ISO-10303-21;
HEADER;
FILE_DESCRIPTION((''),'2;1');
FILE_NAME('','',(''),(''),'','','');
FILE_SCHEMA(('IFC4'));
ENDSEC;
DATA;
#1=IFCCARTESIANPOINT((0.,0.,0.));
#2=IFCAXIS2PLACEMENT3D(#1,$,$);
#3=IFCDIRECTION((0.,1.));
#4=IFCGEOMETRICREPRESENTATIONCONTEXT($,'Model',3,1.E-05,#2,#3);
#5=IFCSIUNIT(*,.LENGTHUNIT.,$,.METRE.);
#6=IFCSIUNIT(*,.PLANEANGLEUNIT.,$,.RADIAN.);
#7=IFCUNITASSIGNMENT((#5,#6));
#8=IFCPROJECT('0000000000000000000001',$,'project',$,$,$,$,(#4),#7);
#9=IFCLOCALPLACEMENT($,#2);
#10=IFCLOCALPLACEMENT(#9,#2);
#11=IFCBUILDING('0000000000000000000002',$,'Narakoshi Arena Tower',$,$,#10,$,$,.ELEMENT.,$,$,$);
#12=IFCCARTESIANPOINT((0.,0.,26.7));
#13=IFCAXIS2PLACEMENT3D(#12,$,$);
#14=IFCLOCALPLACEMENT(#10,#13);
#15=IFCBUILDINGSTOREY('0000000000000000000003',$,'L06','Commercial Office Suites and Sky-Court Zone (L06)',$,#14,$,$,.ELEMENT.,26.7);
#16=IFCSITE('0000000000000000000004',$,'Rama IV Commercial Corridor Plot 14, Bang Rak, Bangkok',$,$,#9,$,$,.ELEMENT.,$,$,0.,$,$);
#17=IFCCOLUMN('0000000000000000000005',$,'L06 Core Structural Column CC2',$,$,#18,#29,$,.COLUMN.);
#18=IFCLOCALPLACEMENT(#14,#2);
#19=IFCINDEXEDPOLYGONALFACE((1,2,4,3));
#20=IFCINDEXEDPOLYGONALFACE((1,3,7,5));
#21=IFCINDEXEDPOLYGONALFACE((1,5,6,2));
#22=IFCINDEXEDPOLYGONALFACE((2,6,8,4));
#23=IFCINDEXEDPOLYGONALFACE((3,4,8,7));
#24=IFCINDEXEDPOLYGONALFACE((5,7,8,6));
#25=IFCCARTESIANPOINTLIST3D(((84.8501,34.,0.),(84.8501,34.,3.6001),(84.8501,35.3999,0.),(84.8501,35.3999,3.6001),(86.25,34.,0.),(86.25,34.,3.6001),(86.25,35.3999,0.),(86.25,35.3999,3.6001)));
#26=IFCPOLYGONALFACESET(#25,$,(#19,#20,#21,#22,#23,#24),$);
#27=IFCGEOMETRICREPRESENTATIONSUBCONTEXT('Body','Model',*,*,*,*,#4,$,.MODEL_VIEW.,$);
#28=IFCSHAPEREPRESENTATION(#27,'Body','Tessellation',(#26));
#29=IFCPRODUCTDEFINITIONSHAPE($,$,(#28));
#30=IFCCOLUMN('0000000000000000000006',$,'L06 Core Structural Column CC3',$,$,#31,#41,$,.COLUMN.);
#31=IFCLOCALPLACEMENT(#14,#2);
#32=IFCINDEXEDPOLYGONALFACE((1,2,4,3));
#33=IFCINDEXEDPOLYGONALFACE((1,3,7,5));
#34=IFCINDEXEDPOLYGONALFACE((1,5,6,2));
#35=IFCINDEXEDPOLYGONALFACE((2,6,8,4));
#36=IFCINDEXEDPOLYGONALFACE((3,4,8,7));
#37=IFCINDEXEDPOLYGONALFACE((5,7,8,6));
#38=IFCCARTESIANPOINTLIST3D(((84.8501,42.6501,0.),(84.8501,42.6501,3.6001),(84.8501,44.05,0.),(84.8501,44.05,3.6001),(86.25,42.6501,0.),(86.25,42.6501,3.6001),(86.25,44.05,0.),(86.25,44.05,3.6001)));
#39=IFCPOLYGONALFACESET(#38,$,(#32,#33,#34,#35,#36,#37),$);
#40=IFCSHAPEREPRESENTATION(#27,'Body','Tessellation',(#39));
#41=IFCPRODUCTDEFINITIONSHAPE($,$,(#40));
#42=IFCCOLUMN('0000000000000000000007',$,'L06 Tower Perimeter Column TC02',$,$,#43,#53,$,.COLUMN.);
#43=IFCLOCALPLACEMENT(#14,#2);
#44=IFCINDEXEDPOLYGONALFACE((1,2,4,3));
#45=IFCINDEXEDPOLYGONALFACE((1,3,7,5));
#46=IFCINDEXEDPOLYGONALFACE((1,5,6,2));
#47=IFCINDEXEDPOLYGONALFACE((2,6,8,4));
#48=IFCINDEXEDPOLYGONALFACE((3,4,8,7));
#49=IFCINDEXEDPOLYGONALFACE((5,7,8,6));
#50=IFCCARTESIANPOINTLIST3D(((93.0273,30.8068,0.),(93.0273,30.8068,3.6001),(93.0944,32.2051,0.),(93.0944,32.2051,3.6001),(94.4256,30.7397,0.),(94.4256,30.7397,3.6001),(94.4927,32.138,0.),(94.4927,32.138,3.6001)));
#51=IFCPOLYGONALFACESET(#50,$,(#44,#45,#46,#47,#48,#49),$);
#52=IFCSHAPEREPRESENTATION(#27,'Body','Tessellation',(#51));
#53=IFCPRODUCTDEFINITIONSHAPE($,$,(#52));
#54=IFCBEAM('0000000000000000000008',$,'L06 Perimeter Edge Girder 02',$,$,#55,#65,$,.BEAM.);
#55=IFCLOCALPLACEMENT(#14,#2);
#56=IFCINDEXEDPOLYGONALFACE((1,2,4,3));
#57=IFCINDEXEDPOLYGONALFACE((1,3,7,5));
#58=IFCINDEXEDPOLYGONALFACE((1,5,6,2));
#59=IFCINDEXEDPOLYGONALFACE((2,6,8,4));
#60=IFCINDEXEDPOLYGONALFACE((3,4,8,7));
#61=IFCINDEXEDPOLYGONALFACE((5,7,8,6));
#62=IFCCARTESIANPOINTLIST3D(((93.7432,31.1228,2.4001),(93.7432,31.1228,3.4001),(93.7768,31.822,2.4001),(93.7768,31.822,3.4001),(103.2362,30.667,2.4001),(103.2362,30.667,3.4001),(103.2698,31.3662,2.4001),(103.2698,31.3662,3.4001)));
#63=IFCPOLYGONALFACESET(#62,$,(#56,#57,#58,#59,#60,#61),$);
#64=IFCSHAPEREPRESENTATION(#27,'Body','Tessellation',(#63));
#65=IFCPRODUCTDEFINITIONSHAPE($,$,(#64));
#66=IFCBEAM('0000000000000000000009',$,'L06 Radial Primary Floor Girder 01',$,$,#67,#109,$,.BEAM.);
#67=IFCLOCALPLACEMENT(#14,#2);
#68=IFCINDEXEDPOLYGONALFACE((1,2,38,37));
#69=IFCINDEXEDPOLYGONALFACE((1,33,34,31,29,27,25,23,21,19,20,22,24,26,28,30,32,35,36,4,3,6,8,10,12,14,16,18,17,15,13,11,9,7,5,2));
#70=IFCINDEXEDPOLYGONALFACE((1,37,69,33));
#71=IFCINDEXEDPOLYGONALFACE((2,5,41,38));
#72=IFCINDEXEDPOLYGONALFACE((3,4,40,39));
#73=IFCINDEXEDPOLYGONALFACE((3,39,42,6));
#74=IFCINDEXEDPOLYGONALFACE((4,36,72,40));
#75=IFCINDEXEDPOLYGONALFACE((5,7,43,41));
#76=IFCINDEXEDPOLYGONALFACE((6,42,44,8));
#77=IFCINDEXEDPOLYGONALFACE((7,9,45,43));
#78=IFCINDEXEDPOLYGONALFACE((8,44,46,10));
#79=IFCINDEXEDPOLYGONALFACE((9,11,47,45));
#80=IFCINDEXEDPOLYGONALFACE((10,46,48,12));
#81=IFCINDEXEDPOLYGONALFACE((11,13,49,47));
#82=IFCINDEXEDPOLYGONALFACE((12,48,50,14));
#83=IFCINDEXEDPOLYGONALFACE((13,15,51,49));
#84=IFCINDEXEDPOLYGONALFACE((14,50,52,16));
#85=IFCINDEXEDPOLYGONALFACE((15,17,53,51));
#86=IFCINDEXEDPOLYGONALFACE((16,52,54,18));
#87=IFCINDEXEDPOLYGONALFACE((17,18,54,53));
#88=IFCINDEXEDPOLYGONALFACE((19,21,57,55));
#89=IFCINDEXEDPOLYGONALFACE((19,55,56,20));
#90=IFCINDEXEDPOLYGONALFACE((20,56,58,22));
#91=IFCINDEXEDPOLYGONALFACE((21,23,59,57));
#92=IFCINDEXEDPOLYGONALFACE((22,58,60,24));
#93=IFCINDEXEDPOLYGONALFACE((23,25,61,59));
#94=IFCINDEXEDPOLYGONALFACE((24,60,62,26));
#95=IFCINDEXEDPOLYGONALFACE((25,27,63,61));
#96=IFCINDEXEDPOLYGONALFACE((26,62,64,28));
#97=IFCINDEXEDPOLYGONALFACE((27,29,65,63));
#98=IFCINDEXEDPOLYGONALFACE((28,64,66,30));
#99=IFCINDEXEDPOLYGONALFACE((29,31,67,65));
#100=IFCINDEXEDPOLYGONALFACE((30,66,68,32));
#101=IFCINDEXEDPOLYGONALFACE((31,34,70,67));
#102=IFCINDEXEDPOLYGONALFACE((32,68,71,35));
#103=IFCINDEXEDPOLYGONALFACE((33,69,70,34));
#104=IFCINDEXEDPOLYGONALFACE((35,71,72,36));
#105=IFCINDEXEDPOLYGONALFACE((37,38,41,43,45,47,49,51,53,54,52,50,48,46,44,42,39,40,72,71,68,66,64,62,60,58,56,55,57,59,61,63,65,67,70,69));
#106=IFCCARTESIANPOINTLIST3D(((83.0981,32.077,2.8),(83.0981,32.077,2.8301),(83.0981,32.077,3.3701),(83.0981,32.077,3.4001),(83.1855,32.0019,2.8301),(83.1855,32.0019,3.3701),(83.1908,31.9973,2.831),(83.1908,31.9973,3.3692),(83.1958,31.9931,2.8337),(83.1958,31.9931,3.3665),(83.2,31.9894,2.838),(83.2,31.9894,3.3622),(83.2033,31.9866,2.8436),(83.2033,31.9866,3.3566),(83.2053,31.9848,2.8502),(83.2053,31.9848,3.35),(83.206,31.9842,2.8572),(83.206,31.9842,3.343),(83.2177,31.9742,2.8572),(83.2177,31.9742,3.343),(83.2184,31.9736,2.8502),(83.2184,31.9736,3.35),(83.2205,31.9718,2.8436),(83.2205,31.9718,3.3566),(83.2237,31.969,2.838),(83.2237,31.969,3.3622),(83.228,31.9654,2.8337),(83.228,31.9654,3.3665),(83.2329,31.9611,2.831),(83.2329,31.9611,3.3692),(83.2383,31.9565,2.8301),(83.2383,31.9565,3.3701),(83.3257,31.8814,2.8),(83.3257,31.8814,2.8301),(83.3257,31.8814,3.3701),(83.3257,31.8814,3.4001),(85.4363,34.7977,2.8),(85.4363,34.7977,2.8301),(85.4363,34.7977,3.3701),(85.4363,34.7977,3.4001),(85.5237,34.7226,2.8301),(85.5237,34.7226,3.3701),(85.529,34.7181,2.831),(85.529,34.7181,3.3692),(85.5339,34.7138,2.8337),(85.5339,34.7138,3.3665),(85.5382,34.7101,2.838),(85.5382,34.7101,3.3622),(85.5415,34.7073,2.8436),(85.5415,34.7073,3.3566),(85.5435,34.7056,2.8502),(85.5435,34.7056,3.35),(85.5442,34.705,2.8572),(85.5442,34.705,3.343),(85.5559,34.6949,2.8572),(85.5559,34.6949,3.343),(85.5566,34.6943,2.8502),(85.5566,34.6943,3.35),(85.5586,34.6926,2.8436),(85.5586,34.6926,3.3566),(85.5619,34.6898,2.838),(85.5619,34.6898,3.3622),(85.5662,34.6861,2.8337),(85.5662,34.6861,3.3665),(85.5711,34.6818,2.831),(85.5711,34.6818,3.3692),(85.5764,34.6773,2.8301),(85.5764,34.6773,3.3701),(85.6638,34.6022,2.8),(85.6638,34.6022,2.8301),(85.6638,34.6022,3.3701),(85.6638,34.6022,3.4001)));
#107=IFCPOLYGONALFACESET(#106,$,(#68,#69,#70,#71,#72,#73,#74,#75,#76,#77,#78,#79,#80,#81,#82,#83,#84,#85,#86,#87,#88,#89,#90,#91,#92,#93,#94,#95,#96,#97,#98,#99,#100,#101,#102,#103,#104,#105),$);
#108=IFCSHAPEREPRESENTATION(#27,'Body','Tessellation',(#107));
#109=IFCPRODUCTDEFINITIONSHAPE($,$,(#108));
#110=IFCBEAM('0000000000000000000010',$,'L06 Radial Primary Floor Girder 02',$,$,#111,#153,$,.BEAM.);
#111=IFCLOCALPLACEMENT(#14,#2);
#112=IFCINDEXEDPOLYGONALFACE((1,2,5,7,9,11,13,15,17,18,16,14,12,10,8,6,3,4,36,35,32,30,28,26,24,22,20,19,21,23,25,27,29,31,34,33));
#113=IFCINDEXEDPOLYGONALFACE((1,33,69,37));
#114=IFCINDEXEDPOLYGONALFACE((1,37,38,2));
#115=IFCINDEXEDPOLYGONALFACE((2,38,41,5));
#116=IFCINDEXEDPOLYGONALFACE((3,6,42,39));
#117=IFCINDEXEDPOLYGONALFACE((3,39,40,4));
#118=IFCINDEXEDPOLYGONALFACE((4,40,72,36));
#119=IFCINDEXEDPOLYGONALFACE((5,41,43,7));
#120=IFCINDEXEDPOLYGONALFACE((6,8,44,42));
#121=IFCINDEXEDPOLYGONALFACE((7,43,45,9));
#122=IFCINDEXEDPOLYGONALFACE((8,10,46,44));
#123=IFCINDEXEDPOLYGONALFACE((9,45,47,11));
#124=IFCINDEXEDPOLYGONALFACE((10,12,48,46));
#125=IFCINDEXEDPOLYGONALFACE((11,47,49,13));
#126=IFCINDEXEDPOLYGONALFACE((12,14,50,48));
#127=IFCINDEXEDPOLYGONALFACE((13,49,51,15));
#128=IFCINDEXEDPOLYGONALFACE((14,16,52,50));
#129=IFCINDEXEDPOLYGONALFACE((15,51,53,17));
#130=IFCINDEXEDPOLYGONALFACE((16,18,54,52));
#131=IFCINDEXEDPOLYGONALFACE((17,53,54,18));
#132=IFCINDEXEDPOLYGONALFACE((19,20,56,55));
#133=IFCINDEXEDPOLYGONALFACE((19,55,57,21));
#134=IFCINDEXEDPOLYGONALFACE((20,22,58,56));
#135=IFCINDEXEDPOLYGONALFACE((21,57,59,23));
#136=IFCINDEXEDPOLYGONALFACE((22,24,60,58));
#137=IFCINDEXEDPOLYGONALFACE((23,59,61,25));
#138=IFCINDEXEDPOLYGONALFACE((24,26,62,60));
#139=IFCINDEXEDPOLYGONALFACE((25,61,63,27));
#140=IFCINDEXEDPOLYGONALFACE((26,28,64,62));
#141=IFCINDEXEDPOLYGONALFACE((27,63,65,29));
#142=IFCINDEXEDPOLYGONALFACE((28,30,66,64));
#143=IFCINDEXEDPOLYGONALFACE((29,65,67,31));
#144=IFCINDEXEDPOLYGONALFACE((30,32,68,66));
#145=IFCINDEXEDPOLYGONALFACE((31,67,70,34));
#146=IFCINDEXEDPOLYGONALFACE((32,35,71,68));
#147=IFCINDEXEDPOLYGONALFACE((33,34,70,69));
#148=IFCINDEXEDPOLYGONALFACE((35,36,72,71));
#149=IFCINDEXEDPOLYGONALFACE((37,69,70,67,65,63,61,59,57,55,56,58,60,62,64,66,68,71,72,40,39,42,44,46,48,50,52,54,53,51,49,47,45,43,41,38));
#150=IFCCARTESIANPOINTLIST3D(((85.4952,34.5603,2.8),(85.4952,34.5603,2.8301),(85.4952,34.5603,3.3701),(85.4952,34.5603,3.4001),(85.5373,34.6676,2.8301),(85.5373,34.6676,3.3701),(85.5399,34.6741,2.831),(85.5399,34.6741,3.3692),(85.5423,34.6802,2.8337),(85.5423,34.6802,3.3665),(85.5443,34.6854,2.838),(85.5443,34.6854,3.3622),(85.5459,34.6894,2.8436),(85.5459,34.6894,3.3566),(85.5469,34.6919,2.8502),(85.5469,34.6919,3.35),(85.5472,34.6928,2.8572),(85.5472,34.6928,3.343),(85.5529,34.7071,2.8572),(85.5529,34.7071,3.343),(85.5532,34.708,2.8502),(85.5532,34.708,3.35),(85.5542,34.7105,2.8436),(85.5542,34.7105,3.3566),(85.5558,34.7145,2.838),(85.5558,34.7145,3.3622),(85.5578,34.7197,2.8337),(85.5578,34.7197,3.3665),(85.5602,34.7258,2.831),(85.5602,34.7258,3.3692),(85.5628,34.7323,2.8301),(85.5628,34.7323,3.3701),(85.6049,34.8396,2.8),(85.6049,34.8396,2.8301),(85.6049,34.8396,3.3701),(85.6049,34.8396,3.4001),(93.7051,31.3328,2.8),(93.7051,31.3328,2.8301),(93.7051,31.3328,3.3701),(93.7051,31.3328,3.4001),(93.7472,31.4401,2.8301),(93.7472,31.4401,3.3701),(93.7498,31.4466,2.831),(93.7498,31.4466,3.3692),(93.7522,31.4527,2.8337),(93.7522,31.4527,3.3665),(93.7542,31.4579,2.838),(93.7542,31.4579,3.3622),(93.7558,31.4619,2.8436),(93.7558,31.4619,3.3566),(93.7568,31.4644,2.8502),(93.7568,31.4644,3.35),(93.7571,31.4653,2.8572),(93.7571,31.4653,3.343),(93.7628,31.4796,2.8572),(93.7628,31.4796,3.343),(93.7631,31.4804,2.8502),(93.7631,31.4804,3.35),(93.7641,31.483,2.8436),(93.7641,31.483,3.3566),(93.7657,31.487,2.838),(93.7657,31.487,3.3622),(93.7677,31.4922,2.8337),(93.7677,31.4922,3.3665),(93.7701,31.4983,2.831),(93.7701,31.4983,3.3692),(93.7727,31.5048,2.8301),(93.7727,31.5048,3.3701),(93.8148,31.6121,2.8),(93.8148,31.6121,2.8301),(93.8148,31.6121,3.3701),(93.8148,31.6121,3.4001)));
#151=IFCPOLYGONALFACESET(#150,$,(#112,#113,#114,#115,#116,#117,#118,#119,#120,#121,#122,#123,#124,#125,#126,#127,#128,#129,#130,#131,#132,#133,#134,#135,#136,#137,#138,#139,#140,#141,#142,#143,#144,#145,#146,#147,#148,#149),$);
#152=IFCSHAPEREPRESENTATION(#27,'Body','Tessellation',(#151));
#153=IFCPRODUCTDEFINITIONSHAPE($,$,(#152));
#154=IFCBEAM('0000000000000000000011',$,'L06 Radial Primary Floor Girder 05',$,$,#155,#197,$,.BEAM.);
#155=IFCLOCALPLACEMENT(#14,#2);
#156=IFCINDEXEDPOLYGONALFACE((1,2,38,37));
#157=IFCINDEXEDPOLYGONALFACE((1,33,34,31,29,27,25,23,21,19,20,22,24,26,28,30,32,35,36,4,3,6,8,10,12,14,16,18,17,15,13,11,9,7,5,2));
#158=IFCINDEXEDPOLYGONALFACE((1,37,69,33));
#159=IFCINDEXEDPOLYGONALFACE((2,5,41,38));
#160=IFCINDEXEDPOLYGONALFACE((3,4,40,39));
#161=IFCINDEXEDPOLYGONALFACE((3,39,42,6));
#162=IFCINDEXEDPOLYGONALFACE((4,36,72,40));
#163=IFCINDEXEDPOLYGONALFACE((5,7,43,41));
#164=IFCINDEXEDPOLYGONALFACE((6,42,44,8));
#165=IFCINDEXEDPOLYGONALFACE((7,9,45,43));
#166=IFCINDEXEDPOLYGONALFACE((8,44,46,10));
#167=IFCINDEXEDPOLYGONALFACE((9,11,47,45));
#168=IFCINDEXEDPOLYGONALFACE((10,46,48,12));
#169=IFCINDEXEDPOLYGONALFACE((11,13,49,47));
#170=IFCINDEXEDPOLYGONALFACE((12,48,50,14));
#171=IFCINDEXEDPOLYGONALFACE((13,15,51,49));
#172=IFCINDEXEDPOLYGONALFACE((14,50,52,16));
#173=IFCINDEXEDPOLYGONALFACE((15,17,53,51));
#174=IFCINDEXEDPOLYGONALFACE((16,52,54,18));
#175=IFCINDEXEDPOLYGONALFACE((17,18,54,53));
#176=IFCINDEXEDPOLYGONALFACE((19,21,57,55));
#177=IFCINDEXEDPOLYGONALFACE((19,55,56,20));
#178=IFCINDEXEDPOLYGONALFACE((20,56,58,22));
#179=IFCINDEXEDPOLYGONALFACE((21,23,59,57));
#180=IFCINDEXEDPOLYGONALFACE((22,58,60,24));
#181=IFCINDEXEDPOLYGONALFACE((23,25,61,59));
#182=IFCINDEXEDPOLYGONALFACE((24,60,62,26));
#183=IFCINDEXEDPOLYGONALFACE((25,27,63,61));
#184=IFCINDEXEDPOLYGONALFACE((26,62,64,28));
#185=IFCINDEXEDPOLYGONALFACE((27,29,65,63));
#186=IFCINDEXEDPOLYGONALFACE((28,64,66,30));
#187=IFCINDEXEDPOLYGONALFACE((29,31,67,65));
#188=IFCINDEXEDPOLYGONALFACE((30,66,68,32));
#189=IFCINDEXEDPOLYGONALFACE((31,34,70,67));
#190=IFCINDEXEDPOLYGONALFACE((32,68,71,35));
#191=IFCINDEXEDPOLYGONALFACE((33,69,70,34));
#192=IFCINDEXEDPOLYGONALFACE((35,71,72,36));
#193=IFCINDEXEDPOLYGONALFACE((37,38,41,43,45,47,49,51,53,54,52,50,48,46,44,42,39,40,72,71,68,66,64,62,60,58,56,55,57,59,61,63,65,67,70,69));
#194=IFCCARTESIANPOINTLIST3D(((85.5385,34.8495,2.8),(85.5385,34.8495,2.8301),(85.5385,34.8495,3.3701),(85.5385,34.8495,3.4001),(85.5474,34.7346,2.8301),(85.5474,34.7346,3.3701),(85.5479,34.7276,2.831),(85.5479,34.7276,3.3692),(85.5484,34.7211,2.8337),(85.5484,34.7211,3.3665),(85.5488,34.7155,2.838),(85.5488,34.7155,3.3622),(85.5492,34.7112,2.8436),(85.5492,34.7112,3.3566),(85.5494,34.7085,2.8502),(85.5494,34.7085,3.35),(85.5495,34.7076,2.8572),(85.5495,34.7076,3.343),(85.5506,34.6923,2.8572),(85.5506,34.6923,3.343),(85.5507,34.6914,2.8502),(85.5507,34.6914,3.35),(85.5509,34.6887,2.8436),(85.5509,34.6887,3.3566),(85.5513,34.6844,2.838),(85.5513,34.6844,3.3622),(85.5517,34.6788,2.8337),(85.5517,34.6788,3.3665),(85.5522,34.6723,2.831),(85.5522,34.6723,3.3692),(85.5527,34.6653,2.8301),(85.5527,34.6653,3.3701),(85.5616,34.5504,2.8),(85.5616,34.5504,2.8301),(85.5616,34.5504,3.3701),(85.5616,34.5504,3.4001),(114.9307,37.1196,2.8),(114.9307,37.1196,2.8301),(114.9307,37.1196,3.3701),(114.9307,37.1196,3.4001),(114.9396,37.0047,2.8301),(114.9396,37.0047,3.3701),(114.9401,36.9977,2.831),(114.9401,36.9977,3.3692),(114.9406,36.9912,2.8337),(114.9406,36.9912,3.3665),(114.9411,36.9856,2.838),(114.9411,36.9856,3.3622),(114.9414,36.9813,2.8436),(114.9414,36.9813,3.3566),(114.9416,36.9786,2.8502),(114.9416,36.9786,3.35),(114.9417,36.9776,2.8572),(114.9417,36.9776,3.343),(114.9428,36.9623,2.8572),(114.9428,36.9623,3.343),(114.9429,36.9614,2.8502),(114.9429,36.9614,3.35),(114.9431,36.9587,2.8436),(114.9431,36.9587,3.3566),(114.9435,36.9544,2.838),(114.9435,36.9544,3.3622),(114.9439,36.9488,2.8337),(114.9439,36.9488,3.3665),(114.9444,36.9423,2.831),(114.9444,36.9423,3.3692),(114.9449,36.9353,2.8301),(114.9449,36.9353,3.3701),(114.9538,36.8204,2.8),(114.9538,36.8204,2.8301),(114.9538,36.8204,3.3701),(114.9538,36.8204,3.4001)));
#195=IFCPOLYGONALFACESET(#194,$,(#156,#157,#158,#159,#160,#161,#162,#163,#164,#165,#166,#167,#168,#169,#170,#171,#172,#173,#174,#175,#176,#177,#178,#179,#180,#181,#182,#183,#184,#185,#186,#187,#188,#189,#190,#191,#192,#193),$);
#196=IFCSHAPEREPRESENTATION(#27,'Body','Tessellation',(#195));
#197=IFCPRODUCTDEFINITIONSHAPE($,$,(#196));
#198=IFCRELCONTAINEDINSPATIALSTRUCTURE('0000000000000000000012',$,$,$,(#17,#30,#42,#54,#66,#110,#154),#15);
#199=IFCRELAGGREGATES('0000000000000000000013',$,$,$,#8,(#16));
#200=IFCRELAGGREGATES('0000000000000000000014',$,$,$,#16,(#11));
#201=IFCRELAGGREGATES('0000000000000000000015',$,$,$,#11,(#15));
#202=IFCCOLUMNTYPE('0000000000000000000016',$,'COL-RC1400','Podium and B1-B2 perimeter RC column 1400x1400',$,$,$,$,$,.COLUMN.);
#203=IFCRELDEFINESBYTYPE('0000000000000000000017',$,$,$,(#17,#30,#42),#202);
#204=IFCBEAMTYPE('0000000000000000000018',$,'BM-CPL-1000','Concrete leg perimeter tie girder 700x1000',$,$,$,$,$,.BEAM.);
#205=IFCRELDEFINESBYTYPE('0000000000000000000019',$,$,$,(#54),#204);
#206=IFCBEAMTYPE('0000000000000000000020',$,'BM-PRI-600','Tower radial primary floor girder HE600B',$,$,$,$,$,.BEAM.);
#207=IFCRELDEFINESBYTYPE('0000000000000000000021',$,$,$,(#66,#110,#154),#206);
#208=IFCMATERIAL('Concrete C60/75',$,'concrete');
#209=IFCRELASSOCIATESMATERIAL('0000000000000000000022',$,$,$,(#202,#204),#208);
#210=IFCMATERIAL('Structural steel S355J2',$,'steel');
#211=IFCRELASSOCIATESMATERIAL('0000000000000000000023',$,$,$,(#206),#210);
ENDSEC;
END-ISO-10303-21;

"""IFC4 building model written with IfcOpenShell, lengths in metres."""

from ifc_helpers import new_model, si_unit, direction, frame, origin, origin_2d, place, context, subcontext, project, spatial, rectangle, i_section, extrude, material, material_profile, profile_set, type_object, element, save


model = new_model("IFC4")

# Units and contexts
model_context = context("Model", 3, precision=1e-05, world=origin(), true_north=direction((0.0, 1.0)))
body_context = subcontext(model_context, "Body", "Model", "MODEL_VIEW")
ifc_project = project(units=[si_unit("LENGTHUNIT", "METRE"), si_unit("PLANEANGLEUNIT", "RADIAN")], contexts=[model_context])

# Site, building, storey
site_placement = place(None, origin())
site = spatial("IfcSite", under=ifc_project, at=site_placement, Name="Rama IV Commercial Corridor Plot 14, Bang Rak, Bangkok", CompositionType="ELEMENT", RefElevation=0.0)
building_placement = place(site_placement, origin())
building = spatial("IfcBuilding", under=site, at=building_placement, Name="Narakoshi Arena Tower", CompositionType="ELEMENT")
storey_placement = place(building_placement, frame((0.0, 0.0, 26.7)))
storey = spatial("IfcBuildingStorey", under=building, at=storey_placement, Name="L06", Description="Commercial Office Suites and Sky-Court Zone (L06)", CompositionType="ELEMENT", Elevation=26.7)

# Columns
ifc_material_1 = material(Name="Concrete C60/75", Category="concrete")
ifc_material_profile_1 = material_profile(ifc_material_1, rectangle(XDim=1.3999, YDim=1.3999, at=origin_2d()), Name="RC1400x1400")
ifc_profile_set_1 = profile_set([ifc_material_profile_1], Name="Concrete C60/75")
column_type = type_object("IfcColumnType", Name="COL-RC1400", Description="Podium and B1-B2 perimeter RC column 1400x1400", PredefinedType="COLUMN", material=ifc_profile_set_1)
for number, where, z_axis, x_axis, name in (
    (1, (85.55, 34.7, 0.0), (0.0, 0.0, 1.0), (1.0, 0.0, 0.0), "L06 Core Structural Column CC2"),
    (2, (85.55, 43.3501, 0.0), (0.0, 0.0, 1.0), (1.0, 0.0, 0.0), "L06 Core Structural Column CC3"),
    (3, (93.76, 31.4724, 0.0), (0.0, 0.0, 1.0), (-0.998848, 0.047978, 0.0), "L06 Tower Perimeter Column TC02"),
):
    element("IfcColumn", number, at=place(storey_placement, frame(where, z_axis=z_axis, x_axis=x_axis)), inside=storey, type_object=column_type, Name=name, PredefinedType="COLUMN", context=body_context, shape_type="SweptSolid", body=[
        extrude(rectangle(XDim=1.3999, YDim=1.3999, at=origin_2d()), origin(), (0.0, 0.0, 1.0), 3.6001),
    ])

# Beams
ifc_material_profile_2 = material_profile(ifc_material_1, rectangle(XDim=0.7, YDim=1.0, at=origin_2d()), Name="RCB700x1000")
ifc_profile_set_2 = profile_set([ifc_material_profile_2], Name="Concrete C60/75")
beam_type_1 = type_object("IfcBeamType", Name="BM-CPL-1000", Description="Concrete leg perimeter tie girder 700x1000", PredefinedType="BEAM", material=ifc_profile_set_2)
beam_1_placement = place(storey_placement, frame((93.76, 31.4724, 2.9001), z_axis=(0.998849, -0.047961, 0.0), x_axis=(0.047961, 0.998849, 0.0)))
element("IfcBeam", 4, at=beam_1_placement, inside=storey, type_object=beam_type_1, Name="L06 Perimeter Edge Girder 02", PredefinedType="BEAM", context=body_context, shape_type="SweptSolid", body=[
    extrude(rectangle(XDim=0.7, YDim=1.0, at=origin_2d()), origin(), (0.0, 0.0, 1.0), 9.5039),
])
ifc_material_2 = material(Name="Structural steel S355J2", Category="steel")
ifc_material_profile_3 = material_profile(ifc_material_2, i_section(OverallWidth=0.3, OverallDepth=0.6001, WebThickness=0.0154, FlangeThickness=0.03, FilletRadius=0.0271, at=origin_2d()), Name="HE600B")
ifc_profile_set_3 = profile_set([ifc_material_profile_3], Name="Structural steel S355J2")
beam_type_2 = type_object("IfcBeamType", Name="BM-PRI-600", Description="Tower radial primary floor girder HE600B", PredefinedType="BEAM", material=ifc_profile_set_3)
beam_2_placement = place(storey_placement, frame((85.55, 34.7, 3.1001), z_axis=(-0.651772, -0.758415, 0.0), x_axis=(0.758415, -0.651772, 0.0)))
element("IfcBeam", 5, at=beam_2_placement, inside=storey, type_object=beam_type_2, Name="L06 Radial Primary Floor Girder 01", PredefinedType="BEAM", context=body_context, shape_type="SweptSolid", body=[
    extrude(i_section(OverallWidth=0.3, OverallDepth=0.6001, WebThickness=0.0154, FlangeThickness=0.03, FilletRadius=0.0271, at=origin_2d()), origin(), (0.0, 0.0, 1.0), 3.5874),
])
beam_3_placement = place(storey_placement, frame((85.55, 34.7, 3.1001), z_axis=(0.930667, -0.365868, 0.0), x_axis=(0.365868, 0.930667, 0.0)))
element("IfcBeam", 6, at=beam_3_placement, inside=storey, type_object=beam_type_2, Name="L06 Radial Primary Floor Girder 02", PredefinedType="BEAM", context=body_context, shape_type="SweptSolid", body=[
    extrude(i_section(OverallWidth=0.3, OverallDepth=0.6001, WebThickness=0.0154, FlangeThickness=0.03, FilletRadius=0.0271, at=origin_2d()), origin(), (0.0, 0.0, 1.0), 8.8215),
])
beam_4_placement = place(storey_placement, frame((85.55, 34.7, 3.1001), z_axis=(0.997031, 0.077003, 0.0), x_axis=(-0.077003, 0.997031, 0.0)))
element("IfcBeam", 7, at=beam_4_placement, inside=storey, type_object=beam_type_2, Name="L06 Radial Primary Floor Girder 05", PredefinedType="BEAM", context=body_context, shape_type="SweptSolid", body=[
    extrude(i_section(OverallWidth=0.3, OverallDepth=0.6001, WebThickness=0.0154, FlangeThickness=0.03, FilletRadius=0.0271, at=origin_2d()), origin(), (0.0, 0.0, 1.0), 29.4797),
])

save(model, "model.ifc")
